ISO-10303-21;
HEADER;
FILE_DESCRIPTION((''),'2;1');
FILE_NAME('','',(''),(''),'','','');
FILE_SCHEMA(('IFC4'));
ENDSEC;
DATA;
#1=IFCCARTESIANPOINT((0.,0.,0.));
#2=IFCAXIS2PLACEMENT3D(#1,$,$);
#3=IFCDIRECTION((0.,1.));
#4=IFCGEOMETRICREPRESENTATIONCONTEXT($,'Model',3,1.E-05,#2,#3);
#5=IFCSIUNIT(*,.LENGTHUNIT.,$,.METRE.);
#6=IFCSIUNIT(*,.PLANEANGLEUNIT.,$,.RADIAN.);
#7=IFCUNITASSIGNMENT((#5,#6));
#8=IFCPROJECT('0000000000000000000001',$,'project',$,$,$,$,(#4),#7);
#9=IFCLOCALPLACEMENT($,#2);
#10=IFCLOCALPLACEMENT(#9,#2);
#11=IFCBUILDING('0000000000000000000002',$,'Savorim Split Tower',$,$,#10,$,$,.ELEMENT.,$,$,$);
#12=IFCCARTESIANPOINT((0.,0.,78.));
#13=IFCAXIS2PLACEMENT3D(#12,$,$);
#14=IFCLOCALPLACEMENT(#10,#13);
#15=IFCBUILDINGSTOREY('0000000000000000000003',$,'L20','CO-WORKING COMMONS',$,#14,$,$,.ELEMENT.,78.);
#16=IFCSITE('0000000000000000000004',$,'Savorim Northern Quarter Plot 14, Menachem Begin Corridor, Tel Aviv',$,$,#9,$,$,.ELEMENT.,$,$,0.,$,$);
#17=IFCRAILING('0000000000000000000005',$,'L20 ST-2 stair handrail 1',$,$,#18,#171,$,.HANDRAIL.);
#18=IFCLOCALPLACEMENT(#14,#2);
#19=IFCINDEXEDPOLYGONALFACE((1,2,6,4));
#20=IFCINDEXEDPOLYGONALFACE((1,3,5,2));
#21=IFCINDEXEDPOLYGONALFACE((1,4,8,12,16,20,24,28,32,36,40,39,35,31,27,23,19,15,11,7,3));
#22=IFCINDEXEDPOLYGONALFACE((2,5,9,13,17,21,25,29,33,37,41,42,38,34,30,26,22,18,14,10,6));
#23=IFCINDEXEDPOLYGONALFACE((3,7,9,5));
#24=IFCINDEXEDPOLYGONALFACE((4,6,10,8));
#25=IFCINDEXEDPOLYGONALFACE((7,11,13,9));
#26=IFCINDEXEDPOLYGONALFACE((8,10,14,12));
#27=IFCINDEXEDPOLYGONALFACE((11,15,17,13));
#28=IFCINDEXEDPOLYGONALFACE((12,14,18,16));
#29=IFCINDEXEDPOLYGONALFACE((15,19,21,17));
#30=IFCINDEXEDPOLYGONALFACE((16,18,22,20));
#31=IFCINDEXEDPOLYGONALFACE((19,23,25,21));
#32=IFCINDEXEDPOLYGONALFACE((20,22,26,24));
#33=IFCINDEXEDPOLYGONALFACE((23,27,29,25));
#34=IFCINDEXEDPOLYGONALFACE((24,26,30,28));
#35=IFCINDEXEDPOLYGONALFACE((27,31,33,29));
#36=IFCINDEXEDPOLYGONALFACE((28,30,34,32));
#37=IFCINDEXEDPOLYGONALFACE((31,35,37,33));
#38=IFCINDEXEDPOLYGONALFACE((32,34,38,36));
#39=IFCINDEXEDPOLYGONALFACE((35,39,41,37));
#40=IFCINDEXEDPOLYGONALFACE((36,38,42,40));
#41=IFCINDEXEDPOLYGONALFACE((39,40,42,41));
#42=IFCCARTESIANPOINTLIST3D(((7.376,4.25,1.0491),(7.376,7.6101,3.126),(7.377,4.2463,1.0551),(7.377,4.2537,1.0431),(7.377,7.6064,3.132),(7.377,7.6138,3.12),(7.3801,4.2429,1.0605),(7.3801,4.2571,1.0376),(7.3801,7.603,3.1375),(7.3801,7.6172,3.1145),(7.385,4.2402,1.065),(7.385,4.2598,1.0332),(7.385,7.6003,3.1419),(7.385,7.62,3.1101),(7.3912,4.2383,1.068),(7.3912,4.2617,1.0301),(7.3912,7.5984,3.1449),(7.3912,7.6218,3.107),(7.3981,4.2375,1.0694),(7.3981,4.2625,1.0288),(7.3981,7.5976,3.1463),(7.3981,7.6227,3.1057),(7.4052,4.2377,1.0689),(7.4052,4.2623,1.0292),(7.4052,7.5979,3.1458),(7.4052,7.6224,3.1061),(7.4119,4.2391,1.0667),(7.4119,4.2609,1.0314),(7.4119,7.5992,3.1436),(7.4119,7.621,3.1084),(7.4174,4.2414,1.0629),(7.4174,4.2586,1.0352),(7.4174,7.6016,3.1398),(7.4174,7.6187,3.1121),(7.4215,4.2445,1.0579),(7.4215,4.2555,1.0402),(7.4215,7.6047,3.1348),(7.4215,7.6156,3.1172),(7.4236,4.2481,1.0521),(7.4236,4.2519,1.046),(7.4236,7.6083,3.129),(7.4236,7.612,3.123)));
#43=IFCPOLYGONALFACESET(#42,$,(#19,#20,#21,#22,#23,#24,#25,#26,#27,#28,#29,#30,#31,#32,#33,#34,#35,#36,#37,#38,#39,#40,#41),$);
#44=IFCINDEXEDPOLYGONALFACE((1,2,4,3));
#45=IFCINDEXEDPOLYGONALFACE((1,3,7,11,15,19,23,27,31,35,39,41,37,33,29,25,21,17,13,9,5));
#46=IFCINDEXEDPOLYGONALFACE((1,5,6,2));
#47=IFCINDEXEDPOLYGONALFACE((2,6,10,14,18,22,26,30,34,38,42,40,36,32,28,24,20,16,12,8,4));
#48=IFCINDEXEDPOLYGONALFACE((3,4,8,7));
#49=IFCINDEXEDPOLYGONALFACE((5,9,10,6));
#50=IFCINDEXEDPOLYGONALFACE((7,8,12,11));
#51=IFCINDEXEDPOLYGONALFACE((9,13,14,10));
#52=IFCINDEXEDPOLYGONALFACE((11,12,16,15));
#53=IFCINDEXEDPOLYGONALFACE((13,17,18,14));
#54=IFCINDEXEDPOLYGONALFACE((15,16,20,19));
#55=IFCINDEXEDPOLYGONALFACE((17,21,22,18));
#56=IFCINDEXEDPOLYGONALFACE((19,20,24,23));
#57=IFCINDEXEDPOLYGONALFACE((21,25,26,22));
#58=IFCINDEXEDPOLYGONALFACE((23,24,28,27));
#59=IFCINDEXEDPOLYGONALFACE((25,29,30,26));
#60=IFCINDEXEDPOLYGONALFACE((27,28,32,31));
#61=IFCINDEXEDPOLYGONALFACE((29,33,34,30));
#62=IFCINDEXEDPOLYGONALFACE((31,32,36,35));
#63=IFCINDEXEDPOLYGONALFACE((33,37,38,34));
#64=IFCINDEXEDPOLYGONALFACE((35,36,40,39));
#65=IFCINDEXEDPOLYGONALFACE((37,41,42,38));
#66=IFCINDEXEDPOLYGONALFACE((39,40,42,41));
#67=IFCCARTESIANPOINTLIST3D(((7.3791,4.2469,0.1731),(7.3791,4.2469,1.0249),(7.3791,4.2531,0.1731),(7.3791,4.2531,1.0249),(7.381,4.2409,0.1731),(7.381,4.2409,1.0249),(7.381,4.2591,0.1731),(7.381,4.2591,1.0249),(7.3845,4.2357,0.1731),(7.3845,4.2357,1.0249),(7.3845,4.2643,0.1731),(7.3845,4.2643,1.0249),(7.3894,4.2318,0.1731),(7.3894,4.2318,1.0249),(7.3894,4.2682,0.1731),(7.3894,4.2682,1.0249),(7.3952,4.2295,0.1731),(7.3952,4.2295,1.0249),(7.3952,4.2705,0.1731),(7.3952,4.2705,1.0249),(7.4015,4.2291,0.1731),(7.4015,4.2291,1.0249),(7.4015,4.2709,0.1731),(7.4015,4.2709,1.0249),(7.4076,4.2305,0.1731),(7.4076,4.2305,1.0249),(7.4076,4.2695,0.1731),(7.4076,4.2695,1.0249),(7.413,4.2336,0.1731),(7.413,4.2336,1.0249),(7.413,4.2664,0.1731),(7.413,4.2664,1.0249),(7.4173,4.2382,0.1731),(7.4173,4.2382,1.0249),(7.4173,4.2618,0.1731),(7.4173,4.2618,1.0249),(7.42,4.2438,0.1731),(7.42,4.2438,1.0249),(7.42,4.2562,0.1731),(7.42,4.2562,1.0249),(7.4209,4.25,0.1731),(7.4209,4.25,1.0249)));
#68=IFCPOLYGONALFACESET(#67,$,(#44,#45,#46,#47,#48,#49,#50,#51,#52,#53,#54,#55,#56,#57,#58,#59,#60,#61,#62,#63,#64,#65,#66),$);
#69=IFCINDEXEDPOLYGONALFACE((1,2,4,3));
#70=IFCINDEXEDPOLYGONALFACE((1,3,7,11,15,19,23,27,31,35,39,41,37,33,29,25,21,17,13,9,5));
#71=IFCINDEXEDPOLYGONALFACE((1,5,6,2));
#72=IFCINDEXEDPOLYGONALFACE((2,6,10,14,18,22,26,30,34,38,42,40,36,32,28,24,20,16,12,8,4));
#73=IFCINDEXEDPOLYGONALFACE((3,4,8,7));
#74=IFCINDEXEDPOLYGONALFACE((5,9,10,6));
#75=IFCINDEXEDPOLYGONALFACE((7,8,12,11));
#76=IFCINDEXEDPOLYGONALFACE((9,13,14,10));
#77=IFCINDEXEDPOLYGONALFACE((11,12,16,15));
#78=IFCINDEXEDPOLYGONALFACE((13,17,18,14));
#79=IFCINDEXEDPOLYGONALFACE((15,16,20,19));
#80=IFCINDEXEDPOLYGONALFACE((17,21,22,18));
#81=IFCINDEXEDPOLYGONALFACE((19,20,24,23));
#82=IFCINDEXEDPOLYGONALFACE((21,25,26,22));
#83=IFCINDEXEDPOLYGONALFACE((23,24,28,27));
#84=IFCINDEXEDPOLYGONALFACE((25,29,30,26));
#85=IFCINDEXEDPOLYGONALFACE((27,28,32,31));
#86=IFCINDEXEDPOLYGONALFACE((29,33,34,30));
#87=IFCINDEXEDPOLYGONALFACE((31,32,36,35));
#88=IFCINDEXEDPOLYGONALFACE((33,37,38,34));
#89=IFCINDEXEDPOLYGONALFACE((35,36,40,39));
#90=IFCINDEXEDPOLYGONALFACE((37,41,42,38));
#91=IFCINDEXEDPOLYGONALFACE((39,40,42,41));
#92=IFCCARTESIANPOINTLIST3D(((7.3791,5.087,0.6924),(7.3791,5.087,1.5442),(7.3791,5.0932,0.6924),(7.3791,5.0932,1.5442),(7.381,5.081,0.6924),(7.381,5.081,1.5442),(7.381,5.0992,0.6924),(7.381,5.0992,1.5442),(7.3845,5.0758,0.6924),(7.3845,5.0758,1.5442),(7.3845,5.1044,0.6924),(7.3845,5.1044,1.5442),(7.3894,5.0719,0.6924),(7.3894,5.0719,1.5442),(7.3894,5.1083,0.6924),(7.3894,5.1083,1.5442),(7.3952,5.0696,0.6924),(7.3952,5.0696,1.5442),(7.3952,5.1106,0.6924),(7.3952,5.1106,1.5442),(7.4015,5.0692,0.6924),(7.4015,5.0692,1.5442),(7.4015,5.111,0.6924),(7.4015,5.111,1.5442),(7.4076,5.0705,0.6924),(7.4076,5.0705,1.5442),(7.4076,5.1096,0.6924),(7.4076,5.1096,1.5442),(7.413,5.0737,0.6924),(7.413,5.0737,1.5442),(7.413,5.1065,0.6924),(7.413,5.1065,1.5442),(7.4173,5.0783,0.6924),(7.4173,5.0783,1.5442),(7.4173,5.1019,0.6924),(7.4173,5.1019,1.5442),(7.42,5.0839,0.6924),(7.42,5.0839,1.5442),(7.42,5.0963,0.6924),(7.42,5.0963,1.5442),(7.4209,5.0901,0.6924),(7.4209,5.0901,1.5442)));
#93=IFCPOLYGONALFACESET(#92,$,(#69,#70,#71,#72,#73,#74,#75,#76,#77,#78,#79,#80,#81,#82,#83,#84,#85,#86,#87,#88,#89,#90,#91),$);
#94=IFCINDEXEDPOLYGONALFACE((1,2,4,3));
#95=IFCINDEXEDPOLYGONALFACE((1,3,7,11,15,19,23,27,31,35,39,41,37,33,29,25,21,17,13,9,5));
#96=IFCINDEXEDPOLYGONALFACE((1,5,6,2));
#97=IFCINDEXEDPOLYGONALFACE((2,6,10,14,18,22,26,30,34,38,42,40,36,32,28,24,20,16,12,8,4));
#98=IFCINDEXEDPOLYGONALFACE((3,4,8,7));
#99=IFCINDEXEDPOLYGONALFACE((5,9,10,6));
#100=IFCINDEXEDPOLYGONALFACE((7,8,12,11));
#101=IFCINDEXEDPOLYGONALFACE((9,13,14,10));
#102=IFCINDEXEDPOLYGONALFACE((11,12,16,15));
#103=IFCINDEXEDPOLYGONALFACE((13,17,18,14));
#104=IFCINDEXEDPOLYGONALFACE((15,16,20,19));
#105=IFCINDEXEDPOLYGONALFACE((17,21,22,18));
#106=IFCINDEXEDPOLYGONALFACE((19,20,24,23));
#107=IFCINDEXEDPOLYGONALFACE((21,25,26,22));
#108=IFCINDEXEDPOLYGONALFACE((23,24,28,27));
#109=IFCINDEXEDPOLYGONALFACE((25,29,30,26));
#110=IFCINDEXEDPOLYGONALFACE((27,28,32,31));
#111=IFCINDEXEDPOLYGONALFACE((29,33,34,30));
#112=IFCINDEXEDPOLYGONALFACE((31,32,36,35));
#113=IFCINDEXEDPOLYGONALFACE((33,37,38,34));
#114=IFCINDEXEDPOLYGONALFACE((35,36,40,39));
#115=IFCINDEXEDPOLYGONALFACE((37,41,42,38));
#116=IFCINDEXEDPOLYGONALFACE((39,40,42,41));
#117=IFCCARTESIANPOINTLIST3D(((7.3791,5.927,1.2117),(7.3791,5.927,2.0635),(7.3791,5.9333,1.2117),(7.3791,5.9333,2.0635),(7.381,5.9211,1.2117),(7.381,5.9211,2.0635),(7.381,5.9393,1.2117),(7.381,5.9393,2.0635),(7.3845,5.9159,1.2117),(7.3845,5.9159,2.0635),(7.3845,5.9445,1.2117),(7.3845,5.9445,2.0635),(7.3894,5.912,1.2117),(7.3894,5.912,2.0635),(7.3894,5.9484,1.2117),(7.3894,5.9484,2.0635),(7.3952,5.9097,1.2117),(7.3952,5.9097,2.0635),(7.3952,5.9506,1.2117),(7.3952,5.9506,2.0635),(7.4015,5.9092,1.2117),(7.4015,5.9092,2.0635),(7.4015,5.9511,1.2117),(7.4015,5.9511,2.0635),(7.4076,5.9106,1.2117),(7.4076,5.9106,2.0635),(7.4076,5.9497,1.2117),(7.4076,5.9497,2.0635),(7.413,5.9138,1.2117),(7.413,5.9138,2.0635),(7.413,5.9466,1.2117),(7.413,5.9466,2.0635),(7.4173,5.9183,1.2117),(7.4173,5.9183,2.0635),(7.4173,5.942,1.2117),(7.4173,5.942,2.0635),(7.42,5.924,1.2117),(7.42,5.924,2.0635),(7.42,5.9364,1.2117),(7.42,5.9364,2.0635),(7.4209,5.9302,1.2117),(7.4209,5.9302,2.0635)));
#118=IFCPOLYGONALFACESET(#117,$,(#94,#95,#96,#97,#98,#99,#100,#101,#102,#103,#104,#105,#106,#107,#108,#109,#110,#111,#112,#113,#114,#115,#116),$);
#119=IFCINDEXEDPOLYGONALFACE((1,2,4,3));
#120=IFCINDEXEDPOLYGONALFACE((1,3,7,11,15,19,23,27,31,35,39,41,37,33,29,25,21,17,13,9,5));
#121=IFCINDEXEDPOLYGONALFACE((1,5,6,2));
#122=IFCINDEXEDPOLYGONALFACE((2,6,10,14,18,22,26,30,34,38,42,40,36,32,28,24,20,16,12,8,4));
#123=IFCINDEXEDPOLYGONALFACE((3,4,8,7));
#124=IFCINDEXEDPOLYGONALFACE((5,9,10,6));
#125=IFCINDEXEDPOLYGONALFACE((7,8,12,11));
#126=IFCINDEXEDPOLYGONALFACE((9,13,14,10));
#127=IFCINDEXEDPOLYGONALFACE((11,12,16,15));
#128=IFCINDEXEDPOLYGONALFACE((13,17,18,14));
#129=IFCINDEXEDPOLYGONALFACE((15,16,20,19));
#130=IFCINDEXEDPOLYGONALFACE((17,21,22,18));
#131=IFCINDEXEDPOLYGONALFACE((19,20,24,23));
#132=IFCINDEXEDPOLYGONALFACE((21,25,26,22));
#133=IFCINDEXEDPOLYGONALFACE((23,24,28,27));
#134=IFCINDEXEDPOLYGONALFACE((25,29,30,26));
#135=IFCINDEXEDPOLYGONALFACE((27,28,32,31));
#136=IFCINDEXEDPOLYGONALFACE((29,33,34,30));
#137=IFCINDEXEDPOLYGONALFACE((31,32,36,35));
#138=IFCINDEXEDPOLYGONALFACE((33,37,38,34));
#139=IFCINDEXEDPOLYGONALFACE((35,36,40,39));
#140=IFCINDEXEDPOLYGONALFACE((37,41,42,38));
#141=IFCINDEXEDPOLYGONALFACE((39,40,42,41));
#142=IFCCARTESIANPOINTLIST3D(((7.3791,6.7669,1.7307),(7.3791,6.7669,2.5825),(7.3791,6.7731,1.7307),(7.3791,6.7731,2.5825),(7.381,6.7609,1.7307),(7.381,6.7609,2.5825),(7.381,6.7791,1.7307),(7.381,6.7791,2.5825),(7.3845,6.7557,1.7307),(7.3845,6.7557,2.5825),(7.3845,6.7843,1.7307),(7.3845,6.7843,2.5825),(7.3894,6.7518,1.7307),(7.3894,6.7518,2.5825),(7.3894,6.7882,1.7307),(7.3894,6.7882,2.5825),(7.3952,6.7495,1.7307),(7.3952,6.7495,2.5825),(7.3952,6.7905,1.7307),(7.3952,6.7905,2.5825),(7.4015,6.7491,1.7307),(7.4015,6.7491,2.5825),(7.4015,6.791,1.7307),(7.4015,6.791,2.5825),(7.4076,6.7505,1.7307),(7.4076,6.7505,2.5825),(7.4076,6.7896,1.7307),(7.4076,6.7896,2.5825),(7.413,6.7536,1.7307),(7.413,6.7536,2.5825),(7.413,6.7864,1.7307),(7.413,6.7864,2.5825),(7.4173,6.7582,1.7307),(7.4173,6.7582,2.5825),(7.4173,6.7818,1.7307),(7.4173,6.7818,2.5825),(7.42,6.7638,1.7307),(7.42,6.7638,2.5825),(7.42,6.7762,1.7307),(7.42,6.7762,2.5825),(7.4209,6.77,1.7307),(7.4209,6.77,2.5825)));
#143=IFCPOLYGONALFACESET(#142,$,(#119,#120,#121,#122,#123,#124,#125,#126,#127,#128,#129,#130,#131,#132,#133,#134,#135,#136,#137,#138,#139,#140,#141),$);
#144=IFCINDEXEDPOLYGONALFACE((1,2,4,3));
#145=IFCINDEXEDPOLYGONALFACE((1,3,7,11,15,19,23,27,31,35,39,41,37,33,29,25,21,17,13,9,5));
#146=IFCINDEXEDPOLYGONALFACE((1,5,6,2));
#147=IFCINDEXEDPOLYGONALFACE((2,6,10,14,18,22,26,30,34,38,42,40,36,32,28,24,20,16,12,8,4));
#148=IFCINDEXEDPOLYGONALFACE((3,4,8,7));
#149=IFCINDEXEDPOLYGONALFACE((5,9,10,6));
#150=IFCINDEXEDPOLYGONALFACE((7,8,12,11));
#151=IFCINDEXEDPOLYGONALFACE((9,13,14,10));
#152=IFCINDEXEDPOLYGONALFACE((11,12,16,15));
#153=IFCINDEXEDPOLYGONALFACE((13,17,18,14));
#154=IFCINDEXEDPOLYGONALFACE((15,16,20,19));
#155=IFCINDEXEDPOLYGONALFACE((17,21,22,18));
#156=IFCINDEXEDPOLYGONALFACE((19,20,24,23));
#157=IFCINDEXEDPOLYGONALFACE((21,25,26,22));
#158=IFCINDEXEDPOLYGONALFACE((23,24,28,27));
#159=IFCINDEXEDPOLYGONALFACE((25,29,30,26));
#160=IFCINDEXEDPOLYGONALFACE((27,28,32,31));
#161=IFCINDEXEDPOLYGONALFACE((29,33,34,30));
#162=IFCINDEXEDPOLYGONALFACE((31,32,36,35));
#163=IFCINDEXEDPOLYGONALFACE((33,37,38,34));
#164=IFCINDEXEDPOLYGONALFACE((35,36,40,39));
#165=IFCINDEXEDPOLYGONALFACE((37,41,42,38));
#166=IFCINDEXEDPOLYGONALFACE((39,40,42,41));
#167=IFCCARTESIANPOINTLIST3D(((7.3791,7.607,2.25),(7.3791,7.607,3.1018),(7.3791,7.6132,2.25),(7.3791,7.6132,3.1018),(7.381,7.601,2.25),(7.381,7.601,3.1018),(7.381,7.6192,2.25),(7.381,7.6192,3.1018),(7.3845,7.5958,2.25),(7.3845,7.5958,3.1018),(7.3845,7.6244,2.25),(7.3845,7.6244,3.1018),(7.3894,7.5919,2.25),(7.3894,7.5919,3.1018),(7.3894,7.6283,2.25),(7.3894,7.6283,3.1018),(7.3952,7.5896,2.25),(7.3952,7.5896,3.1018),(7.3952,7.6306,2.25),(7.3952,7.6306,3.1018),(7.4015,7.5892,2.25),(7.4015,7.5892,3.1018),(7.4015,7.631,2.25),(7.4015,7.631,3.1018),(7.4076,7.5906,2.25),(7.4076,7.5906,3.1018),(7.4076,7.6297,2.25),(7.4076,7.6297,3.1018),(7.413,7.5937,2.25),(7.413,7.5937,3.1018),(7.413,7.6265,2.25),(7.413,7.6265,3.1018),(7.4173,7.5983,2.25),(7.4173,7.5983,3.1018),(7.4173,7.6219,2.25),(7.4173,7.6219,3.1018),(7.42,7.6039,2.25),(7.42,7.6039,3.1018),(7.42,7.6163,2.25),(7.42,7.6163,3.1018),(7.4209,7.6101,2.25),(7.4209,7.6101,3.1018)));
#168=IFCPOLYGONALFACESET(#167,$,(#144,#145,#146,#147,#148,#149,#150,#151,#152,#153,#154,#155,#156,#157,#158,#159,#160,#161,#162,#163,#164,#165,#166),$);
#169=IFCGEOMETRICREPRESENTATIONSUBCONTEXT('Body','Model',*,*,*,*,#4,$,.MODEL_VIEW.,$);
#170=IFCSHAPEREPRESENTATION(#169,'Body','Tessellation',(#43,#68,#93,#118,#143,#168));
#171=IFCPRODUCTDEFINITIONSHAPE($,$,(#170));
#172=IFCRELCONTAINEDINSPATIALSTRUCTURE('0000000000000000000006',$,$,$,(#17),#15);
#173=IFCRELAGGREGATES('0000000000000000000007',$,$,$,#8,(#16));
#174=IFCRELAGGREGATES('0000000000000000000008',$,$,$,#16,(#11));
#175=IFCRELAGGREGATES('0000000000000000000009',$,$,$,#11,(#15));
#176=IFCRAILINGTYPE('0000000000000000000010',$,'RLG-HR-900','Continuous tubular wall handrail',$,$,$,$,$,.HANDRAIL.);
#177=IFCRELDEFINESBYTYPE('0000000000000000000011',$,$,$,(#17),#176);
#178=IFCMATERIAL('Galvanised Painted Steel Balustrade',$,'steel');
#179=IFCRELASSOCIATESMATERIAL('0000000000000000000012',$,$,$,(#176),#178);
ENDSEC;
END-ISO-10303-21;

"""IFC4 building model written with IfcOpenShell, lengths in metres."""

from ifc_helpers import new_model, si_unit, direction, frame, origin, origin_2d, place, context, subcontext, project, spatial, circle, extrude, material, type_object, element, save


model = new_model("IFC4")

# Units and contexts
model_context = context("Model", 3, precision=1e-05, world=origin(), true_north=direction((0.0, 1.0)))
body_context = subcontext(model_context, "Body", "Model", "MODEL_VIEW")
ifc_project = project(units=[si_unit("LENGTHUNIT", "METRE"), si_unit("PLANEANGLEUNIT", "RADIAN")], contexts=[model_context])

# Site, building, storey
site_placement = place(None, origin())
site = spatial("IfcSite", under=ifc_project, at=site_placement, Name="Savorim Northern Quarter Plot 14, Menachem Begin Corridor, Tel Aviv", CompositionType="ELEMENT", RefElevation=0.0)
building_placement = place(site_placement, origin())
building = spatial("IfcBuilding", under=site, at=building_placement, Name="Savorim Split Tower", CompositionType="ELEMENT")
storey_placement = place(building_placement, frame((0.0, 0.0, 78.0)))
storey = spatial("IfcBuildingStorey", under=building, at=storey_placement, Name="L20", Description="CO-WORKING COMMONS", CompositionType="ELEMENT", Elevation=78.0)

# Railing
ifc_material_1 = material(Name="Galvanised Painted Steel Balustrade", Category="steel")
railing_type_1 = type_object("IfcRailingType", Name="RLG-HR-900", Description="Continuous tubular wall handrail", PredefinedType="HANDRAIL", material=ifc_material_1)
railing_1_placement = place(storey_placement, frame((7.3999, 4.25, 0.1731)))
element("IfcRailing", 1, at=railing_1_placement, inside=storey, type_object=railing_type_1, Name="L20 ST-2 stair handrail 1", PredefinedType="HANDRAIL", context=body_context, shape_type="SweptSolid", body=[
    extrude(circle(Radius=0.0239, at=origin_2d()), frame((0.0, 0.0, 0.876), z_axis=(0.0, 0.850623, 0.525776), x_axis=(-1.0, 0.0, 0.0)), (0.0, 0.0, 1.0), 3.9502),
    extrude(circle(Radius=0.021, at=origin_2d()), origin(), (0.0, 0.0, 1.0), 0.8518),
    extrude(circle(Radius=0.021, at=origin_2d()), frame((0.0, 0.8401, 0.5193)), (0.0, 0.0, 1.0), 0.8518),
    extrude(circle(Radius=0.021, at=origin_2d()), frame((0.0, 1.6802, 1.0386)), (0.0, 0.0, 1.0), 0.8518),
    extrude(circle(Radius=0.021, at=origin_2d()), frame((0.0, 2.52, 1.5576)), (0.0, 0.0, 1.0), 0.8518),
    extrude(circle(Radius=0.021, at=origin_2d()), frame((0.0, 3.3601, 2.0769)), (0.0, 0.0, 1.0), 0.8518),
])

save(model, "model.ifc")
